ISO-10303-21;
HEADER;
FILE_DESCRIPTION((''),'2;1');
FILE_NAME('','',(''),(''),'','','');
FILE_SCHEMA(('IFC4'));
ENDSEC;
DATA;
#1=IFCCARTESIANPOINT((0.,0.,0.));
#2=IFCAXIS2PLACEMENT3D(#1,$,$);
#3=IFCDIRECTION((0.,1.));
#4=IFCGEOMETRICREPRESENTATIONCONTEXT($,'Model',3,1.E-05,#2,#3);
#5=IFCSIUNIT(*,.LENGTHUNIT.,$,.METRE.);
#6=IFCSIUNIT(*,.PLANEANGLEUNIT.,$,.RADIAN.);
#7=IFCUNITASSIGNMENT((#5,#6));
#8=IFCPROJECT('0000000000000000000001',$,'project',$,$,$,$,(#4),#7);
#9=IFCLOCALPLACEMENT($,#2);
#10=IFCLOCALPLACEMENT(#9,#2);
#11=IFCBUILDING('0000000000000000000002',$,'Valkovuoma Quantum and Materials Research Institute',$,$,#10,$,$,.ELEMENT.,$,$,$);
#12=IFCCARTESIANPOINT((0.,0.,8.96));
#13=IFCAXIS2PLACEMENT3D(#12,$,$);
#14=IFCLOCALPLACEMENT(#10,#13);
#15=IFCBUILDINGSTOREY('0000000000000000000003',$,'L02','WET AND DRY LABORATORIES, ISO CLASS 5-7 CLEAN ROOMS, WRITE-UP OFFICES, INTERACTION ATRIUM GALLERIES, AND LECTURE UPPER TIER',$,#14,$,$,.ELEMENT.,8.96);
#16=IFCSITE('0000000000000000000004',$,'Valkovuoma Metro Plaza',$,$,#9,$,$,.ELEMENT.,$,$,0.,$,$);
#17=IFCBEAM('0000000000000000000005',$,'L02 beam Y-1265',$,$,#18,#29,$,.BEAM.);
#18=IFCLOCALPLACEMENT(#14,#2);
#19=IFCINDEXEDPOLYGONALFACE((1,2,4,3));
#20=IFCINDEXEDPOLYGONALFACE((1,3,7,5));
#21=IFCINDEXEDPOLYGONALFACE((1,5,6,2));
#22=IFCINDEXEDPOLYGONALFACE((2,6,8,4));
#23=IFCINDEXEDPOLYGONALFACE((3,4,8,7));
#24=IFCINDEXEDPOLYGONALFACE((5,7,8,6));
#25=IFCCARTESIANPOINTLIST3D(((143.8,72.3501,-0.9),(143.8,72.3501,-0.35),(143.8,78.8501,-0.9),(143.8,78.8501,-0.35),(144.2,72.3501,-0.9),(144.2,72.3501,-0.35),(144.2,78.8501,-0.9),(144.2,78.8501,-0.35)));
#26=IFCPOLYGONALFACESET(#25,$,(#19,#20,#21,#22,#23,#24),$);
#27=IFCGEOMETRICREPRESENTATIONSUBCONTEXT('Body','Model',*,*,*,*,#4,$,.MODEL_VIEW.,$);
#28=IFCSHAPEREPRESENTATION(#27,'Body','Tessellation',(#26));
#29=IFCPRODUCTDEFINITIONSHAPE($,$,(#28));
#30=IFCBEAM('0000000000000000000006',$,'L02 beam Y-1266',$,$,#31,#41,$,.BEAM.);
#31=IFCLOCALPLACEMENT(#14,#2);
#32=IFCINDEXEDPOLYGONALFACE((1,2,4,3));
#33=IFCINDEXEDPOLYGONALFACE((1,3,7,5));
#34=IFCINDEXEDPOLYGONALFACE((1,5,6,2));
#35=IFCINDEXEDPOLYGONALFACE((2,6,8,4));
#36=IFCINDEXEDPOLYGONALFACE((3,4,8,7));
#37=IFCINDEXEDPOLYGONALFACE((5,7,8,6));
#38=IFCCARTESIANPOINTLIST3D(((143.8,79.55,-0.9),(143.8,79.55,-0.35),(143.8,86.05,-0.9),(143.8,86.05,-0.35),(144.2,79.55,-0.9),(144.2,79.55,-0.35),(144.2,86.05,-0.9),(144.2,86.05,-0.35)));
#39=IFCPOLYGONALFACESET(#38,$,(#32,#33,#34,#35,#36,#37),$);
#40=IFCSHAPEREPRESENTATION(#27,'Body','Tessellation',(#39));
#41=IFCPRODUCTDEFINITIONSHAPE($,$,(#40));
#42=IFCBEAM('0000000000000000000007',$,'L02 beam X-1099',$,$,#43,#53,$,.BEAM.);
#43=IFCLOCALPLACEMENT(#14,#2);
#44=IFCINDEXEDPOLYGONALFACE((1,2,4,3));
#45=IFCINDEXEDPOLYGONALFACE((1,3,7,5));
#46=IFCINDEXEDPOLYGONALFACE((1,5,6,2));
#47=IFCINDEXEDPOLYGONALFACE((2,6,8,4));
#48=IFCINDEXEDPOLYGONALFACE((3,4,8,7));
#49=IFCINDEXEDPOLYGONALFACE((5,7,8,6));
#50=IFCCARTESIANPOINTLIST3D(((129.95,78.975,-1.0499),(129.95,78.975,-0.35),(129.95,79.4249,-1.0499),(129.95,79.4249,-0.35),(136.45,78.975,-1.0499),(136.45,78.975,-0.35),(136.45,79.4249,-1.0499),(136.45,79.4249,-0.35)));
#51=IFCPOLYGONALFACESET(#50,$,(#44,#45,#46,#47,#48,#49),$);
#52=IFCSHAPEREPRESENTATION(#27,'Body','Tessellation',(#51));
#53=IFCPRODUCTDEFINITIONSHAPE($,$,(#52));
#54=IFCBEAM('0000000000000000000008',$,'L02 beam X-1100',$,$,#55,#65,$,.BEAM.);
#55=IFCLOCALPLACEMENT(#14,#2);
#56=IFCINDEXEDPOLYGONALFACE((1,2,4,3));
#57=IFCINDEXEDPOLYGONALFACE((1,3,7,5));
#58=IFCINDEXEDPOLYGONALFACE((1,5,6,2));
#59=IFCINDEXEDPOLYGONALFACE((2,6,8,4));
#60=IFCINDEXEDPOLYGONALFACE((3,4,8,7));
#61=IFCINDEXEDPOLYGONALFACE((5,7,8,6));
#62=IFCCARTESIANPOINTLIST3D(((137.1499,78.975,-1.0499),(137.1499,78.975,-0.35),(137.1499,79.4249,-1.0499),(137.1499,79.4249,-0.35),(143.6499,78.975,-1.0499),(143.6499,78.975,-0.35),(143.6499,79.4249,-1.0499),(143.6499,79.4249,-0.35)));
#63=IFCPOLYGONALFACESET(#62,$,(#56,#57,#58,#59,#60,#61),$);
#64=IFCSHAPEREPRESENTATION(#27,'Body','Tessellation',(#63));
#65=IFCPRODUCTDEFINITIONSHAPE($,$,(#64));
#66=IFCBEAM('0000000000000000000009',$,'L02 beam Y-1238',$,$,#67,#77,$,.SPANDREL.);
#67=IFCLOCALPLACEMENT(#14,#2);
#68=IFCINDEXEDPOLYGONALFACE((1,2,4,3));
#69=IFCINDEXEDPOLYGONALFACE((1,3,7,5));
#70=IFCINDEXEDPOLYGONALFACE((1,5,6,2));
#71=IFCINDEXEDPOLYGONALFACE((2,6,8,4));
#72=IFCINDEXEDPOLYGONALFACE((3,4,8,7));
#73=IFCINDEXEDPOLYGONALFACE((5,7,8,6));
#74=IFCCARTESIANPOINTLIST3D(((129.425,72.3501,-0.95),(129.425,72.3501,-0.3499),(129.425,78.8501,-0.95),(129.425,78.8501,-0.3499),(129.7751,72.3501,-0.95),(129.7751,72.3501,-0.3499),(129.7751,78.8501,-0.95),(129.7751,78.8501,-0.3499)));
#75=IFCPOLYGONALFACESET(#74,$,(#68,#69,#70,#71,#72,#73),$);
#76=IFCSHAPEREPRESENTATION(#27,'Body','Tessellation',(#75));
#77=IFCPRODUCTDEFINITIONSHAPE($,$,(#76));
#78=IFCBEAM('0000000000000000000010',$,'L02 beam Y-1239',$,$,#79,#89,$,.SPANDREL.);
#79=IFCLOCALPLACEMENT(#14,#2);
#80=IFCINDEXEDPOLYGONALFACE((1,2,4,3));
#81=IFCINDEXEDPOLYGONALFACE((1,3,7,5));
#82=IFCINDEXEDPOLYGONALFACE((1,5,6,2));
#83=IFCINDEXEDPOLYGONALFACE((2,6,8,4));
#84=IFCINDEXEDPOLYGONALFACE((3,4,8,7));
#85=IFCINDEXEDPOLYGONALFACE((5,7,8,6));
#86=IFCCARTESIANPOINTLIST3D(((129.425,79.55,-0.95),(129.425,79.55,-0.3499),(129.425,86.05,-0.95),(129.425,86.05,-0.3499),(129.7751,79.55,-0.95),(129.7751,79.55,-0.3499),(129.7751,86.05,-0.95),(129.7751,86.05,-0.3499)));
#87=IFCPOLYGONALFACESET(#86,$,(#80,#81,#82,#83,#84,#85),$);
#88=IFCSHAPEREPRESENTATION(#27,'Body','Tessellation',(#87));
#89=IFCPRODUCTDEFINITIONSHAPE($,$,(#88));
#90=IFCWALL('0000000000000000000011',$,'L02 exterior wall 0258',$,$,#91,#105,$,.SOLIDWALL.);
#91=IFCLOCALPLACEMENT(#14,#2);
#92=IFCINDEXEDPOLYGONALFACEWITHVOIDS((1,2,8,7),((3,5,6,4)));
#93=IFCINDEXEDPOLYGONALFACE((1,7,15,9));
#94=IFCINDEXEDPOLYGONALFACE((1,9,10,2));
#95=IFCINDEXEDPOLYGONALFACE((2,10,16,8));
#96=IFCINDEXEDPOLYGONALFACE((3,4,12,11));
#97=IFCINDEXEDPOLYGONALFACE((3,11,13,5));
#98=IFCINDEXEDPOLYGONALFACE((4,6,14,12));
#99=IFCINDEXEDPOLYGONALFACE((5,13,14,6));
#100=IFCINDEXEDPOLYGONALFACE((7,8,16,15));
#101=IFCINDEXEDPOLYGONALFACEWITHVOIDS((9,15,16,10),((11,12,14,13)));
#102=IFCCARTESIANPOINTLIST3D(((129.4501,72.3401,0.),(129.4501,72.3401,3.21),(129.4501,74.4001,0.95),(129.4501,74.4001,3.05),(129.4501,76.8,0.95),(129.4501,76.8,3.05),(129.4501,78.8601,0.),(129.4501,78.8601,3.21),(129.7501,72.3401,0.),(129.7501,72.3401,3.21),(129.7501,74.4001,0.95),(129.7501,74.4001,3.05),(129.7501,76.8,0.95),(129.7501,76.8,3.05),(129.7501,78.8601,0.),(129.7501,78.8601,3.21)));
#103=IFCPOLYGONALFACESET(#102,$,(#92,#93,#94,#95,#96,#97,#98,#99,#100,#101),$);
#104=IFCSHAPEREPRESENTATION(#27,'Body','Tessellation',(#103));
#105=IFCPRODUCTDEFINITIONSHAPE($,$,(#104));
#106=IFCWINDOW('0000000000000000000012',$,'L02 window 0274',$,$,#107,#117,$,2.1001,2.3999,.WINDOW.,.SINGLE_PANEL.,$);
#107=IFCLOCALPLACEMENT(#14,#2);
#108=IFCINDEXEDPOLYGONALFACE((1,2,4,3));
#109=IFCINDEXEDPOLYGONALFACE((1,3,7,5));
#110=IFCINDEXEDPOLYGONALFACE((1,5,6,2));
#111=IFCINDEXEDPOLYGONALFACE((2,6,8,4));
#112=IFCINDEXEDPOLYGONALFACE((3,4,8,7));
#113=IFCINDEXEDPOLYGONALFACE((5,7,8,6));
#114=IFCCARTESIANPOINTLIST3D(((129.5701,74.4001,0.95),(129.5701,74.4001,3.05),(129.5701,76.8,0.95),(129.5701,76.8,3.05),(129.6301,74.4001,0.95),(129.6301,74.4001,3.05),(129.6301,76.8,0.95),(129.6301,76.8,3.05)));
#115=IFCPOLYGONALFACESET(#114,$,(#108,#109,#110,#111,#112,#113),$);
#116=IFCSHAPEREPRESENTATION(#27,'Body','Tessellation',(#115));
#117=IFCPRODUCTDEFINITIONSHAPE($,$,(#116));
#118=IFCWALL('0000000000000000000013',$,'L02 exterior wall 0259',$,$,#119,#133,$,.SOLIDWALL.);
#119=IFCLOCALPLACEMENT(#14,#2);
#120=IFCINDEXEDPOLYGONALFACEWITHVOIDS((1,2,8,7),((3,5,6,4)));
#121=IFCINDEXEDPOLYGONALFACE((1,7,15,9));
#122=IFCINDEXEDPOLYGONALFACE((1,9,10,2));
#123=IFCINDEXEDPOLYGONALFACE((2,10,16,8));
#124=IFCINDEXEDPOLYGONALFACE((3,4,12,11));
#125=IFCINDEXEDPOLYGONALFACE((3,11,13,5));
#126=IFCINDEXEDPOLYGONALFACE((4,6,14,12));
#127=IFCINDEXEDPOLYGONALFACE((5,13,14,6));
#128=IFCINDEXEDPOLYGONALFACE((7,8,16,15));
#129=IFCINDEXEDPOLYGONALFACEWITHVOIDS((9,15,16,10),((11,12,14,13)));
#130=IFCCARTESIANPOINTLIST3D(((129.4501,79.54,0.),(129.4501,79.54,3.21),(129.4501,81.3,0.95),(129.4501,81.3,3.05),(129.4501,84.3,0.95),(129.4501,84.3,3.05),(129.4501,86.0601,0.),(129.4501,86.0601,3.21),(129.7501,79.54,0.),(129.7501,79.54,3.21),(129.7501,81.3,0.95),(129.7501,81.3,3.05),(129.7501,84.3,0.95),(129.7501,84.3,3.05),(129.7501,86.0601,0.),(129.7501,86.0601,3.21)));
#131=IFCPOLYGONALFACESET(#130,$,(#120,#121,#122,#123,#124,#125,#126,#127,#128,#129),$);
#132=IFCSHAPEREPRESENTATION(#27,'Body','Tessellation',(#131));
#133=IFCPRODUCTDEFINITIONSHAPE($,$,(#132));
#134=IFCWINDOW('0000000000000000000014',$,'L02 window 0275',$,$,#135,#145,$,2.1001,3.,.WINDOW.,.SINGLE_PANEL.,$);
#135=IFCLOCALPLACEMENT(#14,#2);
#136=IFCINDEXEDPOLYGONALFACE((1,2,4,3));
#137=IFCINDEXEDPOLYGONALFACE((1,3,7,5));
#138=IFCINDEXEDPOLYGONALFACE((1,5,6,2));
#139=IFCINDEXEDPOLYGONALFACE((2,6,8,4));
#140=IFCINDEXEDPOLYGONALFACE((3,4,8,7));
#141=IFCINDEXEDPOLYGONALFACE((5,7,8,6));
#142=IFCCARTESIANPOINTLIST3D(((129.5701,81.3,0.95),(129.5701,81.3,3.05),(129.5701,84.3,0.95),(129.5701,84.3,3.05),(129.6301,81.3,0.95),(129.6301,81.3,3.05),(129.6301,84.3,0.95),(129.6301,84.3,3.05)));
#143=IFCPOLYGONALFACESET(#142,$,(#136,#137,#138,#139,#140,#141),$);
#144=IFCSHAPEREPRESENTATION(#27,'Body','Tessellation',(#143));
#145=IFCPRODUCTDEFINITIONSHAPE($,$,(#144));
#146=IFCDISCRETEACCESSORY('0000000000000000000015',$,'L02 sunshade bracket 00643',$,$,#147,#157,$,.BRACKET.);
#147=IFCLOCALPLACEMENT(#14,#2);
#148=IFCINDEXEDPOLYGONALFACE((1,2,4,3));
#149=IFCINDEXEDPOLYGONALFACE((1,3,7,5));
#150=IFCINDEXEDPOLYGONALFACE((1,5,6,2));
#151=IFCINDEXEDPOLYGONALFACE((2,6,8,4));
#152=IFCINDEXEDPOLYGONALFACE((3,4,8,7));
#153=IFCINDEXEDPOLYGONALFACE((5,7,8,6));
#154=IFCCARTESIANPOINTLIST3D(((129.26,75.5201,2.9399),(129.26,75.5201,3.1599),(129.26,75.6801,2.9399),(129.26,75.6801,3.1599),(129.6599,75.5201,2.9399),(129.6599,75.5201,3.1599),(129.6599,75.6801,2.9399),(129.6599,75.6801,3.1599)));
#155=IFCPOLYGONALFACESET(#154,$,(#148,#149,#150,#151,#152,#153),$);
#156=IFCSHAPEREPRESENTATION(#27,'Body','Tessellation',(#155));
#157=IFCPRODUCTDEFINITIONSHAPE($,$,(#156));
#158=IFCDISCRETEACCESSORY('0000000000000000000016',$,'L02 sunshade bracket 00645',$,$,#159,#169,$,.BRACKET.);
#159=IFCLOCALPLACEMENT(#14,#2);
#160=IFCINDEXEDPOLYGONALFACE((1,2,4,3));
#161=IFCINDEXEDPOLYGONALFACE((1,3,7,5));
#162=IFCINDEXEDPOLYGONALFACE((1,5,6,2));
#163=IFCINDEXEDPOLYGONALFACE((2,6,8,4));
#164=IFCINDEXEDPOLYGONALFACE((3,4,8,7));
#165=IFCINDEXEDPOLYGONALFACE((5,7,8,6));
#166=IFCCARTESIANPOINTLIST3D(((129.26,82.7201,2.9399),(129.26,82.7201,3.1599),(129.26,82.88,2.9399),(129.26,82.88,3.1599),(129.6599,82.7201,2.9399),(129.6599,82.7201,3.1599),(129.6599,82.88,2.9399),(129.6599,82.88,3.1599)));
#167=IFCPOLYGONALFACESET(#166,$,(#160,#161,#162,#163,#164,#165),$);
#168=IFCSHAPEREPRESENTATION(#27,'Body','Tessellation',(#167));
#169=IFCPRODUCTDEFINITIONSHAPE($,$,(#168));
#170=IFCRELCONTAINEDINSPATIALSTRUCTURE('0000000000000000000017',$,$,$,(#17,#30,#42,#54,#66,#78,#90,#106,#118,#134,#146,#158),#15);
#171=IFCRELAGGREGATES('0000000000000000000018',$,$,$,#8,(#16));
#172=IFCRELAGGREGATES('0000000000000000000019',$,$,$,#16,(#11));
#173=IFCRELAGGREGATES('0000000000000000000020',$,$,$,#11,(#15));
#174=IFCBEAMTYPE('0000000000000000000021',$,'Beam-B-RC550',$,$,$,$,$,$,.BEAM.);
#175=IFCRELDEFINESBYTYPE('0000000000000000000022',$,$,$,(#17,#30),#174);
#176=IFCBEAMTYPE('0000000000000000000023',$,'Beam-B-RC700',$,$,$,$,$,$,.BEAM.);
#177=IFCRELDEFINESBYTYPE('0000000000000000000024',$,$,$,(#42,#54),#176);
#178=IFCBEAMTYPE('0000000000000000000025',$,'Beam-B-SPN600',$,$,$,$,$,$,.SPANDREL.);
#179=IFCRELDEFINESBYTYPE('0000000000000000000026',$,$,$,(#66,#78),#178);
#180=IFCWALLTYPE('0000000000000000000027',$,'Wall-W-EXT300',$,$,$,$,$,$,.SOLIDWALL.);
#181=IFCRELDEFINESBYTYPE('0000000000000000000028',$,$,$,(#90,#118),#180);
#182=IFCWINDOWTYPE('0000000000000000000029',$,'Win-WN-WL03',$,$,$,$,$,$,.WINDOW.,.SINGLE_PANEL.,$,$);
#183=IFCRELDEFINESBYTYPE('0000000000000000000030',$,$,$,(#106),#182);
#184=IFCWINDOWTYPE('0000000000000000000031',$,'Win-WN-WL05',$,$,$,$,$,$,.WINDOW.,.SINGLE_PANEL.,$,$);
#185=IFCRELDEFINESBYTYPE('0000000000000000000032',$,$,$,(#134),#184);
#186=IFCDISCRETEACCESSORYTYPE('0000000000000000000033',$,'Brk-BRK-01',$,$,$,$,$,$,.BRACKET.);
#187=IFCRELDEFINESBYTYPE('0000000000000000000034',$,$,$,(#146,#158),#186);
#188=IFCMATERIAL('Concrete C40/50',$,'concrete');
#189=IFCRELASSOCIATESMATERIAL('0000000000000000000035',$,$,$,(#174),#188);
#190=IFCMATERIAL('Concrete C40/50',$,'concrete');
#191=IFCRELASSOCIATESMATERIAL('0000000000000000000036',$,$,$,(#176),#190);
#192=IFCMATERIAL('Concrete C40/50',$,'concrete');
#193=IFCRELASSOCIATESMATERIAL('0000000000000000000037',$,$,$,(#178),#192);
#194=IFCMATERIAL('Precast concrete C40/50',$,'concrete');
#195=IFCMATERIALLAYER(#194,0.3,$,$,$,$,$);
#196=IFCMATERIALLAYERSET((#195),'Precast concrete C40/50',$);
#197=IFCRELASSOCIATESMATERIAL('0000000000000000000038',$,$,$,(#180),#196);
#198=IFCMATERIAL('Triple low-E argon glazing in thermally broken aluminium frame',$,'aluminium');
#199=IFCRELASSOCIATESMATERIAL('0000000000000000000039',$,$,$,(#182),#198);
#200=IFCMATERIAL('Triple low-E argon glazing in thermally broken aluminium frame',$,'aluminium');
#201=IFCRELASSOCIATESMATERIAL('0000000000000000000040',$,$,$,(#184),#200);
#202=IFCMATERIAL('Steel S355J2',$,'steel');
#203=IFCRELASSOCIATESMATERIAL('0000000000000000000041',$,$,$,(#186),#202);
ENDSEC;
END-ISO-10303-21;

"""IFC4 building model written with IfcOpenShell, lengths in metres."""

from ifc_helpers import new_model, si_unit, direction, frame, frame_2d, origin, origin_2d, place, context, subcontext, project, spatial, rectangle, extrude, material, layer, layer_set, material_profile, profile_set, type_object, element, fill, save


model = new_model("IFC4")

# Units and contexts
model_context = context("Model", 3, precision=1e-05, world=origin(), true_north=direction((0.0, 1.0)))
body_context = subcontext(model_context, "Body", "Model", "MODEL_VIEW")
ifc_project = project(units=[si_unit("LENGTHUNIT", "METRE"), si_unit("PLANEANGLEUNIT", "RADIAN")], contexts=[model_context])

# Site, building, storey
site_placement = place(None, origin())
site = spatial("IfcSite", under=ifc_project, at=site_placement, Name="Valkovuoma Metro Plaza", CompositionType="ELEMENT", RefElevation=0.0)
building_placement = place(site_placement, origin())
building = spatial("IfcBuilding", under=site, at=building_placement, Name="Valkovuoma Quantum and Materials Research Institute", CompositionType="ELEMENT")
storey_placement = place(building_placement, frame((0.0, 0.0, 8.96)))
storey = spatial("IfcBuildingStorey", under=building, at=storey_placement, Name="L02", Description="WET AND DRY LABORATORIES, ISO CLASS 5-7 CLEAN ROOMS, WRITE-UP OFFICES, INTERACTION ATRIUM GALLERIES, AND LECTURE UPPER TIER", CompositionType="ELEMENT", Elevation=8.96)

# Beams
ifc_material_1 = material(Name="Concrete C40/50", Category="concrete")
ifc_material_profile_1 = material_profile(ifc_material_1, rectangle(XDim=0.3999, YDim=0.55, at=origin_2d()), Name="Concrete C40/50")
ifc_profile_set_1 = profile_set([ifc_material_profile_1], Name="Concrete C40/50")
beam_type_1 = type_object("IfcBeamType", Name="Beam-B-RC550", PredefinedType="BEAM", material=ifc_profile_set_1)
for number, where, z_axis, x_axis, name in (
    (1, (144.0, 72.3501, -0.625), (0.0, 1.0, 0.0), (-1.0, 0.0, 0.0), "L02 beam Y-1265"),
    (2, (144.0, 79.55, -0.625), (0.0, 1.0, 0.0), (-1.0, 0.0, 0.0), "L02 beam Y-1266"),
):
    element("IfcBeam", number, at=place(storey_placement, frame(where, z_axis=z_axis, x_axis=x_axis)), inside=storey, type_object=beam_type_1, Name=name, PredefinedType="BEAM", context=body_context, shape_type="SweptSolid", body=[
        extrude(rectangle(XDim=0.3999, YDim=0.55, at=origin_2d()), origin(), (0.0, 0.0, 1.0), 6.5),
    ])
ifc_material_2 = material(Name="Concrete C40/50", Category="concrete")
ifc_material_profile_2 = material_profile(ifc_material_2, rectangle(XDim=0.45, YDim=0.7, at=origin_2d()), Name="Concrete C40/50")
ifc_profile_set_2 = profile_set([ifc_material_profile_2], Name="Concrete C40/50")
beam_type_2 = type_object("IfcBeamType", Name="Beam-B-RC700", PredefinedType="BEAM", material=ifc_profile_set_2)
for number, where, z_axis, x_axis, name in (
    (3, (129.95, 79.2, -0.7), (1.0, 0.0, 0.0), (0.0, 1.0, 0.0), "L02 beam X-1099"),
    (4, (137.1499, 79.2, -0.7), (1.0, 0.0, 0.0), (0.0, 1.0, 0.0), "L02 beam X-1100"),
):
    element("IfcBeam", number, at=place(storey_placement, frame(where, z_axis=z_axis, x_axis=x_axis)), inside=storey, type_object=beam_type_2, Name=name, PredefinedType="BEAM", context=body_context, shape_type="SweptSolid", body=[
        extrude(rectangle(XDim=0.45, YDim=0.7, at=origin_2d()), origin(), (0.0, 0.0, 1.0), 6.5),
    ])
ifc_material_3 = material(Name="Concrete C40/50", Category="concrete")
ifc_material_profile_3 = material_profile(ifc_material_3, rectangle(XDim=0.3501, YDim=0.6001, at=origin_2d()), Name="Concrete C40/50")
ifc_profile_set_3 = profile_set([ifc_material_profile_3], Name="Concrete C40/50")
beam_type_3 = type_object("IfcBeamType", Name="Beam-B-SPN600", PredefinedType="SPANDREL", material=ifc_profile_set_3)
for number, where, z_axis, x_axis, name in (
    (5, (129.6001, 72.3501, -0.6499), (0.0, 1.0, 0.0), (-1.0, 0.0, 0.0), "L02 beam Y-1238"),
    (6, (129.6001, 79.55, -0.6499), (0.0, 1.0, 0.0), (-1.0, 0.0, 0.0), "L02 beam Y-1239"),
):
    element("IfcBeam", number, at=place(storey_placement, frame(where, z_axis=z_axis, x_axis=x_axis)), inside=storey, type_object=beam_type_3, Name=name, PredefinedType="SPANDREL", context=body_context, shape_type="SweptSolid", body=[
        extrude(rectangle(XDim=0.3501, YDim=0.6001, at=origin_2d()), origin(), (0.0, 0.0, 1.0), 6.5),
    ])

# Walls, openings, windows
ifc_material_4 = material(Name="Precast concrete C40/50", Category="concrete")
ifc_layer = layer(ifc_material_4, 0.3)
ifc_layer_set = layer_set([ifc_layer], Name="Precast concrete C40/50")
wall_type = type_object("IfcWallType", Name="Wall-W-EXT300", PredefinedType="SOLIDWALL", material=ifc_layer_set)
wall_1_placement = place(storey_placement, frame((129.6001, 72.3401, 0.0), z_axis=(0.0, 0.0, 1.0), x_axis=(0.0, 1.0, 0.0)))
wall_1 = element("IfcWall", 7, at=wall_1_placement, inside=storey, type_object=wall_type, Name="L02 exterior wall 0258", PredefinedType="SOLIDWALL", context=body_context, shape_type="SweptSolid", body=[
    extrude(rectangle(XDim=6.52, YDim=0.3, at=frame_2d((3.26, 0.0))), origin(), (0.0, 0.0, 1.0), 3.21),
])
opening_1_placement = place(wall_1_placement, frame((2.0601, 0.0, 0.95)))
opening_1 = element("IfcOpeningElement", 8, at=opening_1_placement, cuts=wall_1, PredefinedType="OPENING", context=body_context, shape_type="SweptSolid", body=[
    extrude(rectangle(XDim=2.3999, YDim=2.1001, at=frame_2d((1.2, 1.05))), frame((0.0, 0.1602, 0.0), z_axis=(0.0, -1.0, 0.0), x_axis=(1.0, 0.0, 0.0)), (0.0, 0.0, 1.0), 0.3201),
])
ifc_material_5 = material(Name="Triple low-E argon glazing in thermally broken aluminium frame", Category="aluminium")
window_type_1 = type_object("IfcWindowType", Name="Win-WN-WL03", PartitioningType="SINGLE_PANEL", PredefinedType="WINDOW", material=ifc_material_5)
window_1_placement = place(opening_1_placement, origin())
window_1 = element("IfcWindow", 9, at=window_1_placement, inside=storey, type_object=window_type_1, Name="L02 window 0274", OverallHeight=2.1001, OverallWidth=2.3999, PartitioningType="SINGLE_PANEL", PredefinedType="WINDOW", context=body_context, shape_type="SweptSolid", body=[
    extrude(rectangle(XDim=2.3999, YDim=2.1001, at=frame_2d((1.2, 1.05))), frame((0.0, 0.03, 0.0), z_axis=(0.0, -1.0, 0.0), x_axis=(1.0, 0.0, 0.0)), (0.0, 0.0, 1.0), 0.0601),
])
fill(opening_1, window_1)
wall_2_placement = place(storey_placement, frame((129.6001, 79.54, 0.0), z_axis=(0.0, 0.0, 1.0), x_axis=(0.0, 1.0, 0.0)))
wall_2 = element("IfcWall", 10, at=wall_2_placement, inside=storey, type_object=wall_type, Name="L02 exterior wall 0259", PredefinedType="SOLIDWALL", context=body_context, shape_type="SweptSolid", body=[
    extrude(rectangle(XDim=6.52, YDim=0.3, at=frame_2d((3.26, 0.0))), origin(), (0.0, 0.0, 1.0), 3.21),
])
opening_2_placement = place(wall_2_placement, frame((1.76, 0.0, 0.95)))
opening_2 = element("IfcOpeningElement", 11, at=opening_2_placement, cuts=wall_2, PredefinedType="OPENING", context=body_context, shape_type="SweptSolid", body=[
    extrude(rectangle(XDim=3.0, YDim=2.1001, at=frame_2d((1.5, 1.05))), frame((0.0, 0.1602, 0.0), z_axis=(0.0, -1.0, 0.0), x_axis=(1.0, 0.0, 0.0)), (0.0, 0.0, 1.0), 0.3201),
])
ifc_material_6 = material(Name="Triple low-E argon glazing in thermally broken aluminium frame", Category="aluminium")
window_type_2 = type_object("IfcWindowType", Name="Win-WN-WL05", PartitioningType="SINGLE_PANEL", PredefinedType="WINDOW", material=ifc_material_6)
window_2_placement = place(opening_2_placement, origin())
window_2 = element("IfcWindow", 12, at=window_2_placement, inside=storey, type_object=window_type_2, Name="L02 window 0275", OverallHeight=2.1001, OverallWidth=3.0, PartitioningType="SINGLE_PANEL", PredefinedType="WINDOW", context=body_context, shape_type="SweptSolid", body=[
    extrude(rectangle(XDim=3.0, YDim=2.1001, at=frame_2d((1.5, 1.05))), frame((0.0, 0.03, 0.0), z_axis=(0.0, -1.0, 0.0), x_axis=(1.0, 0.0, 0.0)), (0.0, 0.0, 1.0), 0.0601),
])
fill(opening_2, window_2)

# Discrete accessories
ifc_material_7 = material(Name="Steel S355J2", Category="steel")
discrete_accessory_type = type_object("IfcDiscreteAccessoryType", Name="Brk-BRK-01", PredefinedType="BRACKET", material=ifc_material_7)
for number, where, z_axis, x_axis, name in (
    (13, (129.46, 75.6001, 2.9399), (0.0, 0.0, 1.0), (1.0, 0.0, 0.0), "L02 sunshade bracket 00643"),
    (14, (129.46, 82.8, 2.9399), (0.0, 0.0, 1.0), (1.0, 0.0, 0.0), "L02 sunshade bracket 00645"),
):
    element("IfcDiscreteAccessory", number, at=place(storey_placement, frame(where, z_axis=z_axis, x_axis=x_axis)), inside=storey, type_object=discrete_accessory_type, Name=name, PredefinedType="BRACKET", context=body_context, shape_type="SweptSolid", body=[
        extrude(rectangle(XDim=0.3999, YDim=0.1599, at=origin_2d()), origin(), (0.0, 0.0, 1.0), 0.22),
    ])

save(model, "model.ifc")
